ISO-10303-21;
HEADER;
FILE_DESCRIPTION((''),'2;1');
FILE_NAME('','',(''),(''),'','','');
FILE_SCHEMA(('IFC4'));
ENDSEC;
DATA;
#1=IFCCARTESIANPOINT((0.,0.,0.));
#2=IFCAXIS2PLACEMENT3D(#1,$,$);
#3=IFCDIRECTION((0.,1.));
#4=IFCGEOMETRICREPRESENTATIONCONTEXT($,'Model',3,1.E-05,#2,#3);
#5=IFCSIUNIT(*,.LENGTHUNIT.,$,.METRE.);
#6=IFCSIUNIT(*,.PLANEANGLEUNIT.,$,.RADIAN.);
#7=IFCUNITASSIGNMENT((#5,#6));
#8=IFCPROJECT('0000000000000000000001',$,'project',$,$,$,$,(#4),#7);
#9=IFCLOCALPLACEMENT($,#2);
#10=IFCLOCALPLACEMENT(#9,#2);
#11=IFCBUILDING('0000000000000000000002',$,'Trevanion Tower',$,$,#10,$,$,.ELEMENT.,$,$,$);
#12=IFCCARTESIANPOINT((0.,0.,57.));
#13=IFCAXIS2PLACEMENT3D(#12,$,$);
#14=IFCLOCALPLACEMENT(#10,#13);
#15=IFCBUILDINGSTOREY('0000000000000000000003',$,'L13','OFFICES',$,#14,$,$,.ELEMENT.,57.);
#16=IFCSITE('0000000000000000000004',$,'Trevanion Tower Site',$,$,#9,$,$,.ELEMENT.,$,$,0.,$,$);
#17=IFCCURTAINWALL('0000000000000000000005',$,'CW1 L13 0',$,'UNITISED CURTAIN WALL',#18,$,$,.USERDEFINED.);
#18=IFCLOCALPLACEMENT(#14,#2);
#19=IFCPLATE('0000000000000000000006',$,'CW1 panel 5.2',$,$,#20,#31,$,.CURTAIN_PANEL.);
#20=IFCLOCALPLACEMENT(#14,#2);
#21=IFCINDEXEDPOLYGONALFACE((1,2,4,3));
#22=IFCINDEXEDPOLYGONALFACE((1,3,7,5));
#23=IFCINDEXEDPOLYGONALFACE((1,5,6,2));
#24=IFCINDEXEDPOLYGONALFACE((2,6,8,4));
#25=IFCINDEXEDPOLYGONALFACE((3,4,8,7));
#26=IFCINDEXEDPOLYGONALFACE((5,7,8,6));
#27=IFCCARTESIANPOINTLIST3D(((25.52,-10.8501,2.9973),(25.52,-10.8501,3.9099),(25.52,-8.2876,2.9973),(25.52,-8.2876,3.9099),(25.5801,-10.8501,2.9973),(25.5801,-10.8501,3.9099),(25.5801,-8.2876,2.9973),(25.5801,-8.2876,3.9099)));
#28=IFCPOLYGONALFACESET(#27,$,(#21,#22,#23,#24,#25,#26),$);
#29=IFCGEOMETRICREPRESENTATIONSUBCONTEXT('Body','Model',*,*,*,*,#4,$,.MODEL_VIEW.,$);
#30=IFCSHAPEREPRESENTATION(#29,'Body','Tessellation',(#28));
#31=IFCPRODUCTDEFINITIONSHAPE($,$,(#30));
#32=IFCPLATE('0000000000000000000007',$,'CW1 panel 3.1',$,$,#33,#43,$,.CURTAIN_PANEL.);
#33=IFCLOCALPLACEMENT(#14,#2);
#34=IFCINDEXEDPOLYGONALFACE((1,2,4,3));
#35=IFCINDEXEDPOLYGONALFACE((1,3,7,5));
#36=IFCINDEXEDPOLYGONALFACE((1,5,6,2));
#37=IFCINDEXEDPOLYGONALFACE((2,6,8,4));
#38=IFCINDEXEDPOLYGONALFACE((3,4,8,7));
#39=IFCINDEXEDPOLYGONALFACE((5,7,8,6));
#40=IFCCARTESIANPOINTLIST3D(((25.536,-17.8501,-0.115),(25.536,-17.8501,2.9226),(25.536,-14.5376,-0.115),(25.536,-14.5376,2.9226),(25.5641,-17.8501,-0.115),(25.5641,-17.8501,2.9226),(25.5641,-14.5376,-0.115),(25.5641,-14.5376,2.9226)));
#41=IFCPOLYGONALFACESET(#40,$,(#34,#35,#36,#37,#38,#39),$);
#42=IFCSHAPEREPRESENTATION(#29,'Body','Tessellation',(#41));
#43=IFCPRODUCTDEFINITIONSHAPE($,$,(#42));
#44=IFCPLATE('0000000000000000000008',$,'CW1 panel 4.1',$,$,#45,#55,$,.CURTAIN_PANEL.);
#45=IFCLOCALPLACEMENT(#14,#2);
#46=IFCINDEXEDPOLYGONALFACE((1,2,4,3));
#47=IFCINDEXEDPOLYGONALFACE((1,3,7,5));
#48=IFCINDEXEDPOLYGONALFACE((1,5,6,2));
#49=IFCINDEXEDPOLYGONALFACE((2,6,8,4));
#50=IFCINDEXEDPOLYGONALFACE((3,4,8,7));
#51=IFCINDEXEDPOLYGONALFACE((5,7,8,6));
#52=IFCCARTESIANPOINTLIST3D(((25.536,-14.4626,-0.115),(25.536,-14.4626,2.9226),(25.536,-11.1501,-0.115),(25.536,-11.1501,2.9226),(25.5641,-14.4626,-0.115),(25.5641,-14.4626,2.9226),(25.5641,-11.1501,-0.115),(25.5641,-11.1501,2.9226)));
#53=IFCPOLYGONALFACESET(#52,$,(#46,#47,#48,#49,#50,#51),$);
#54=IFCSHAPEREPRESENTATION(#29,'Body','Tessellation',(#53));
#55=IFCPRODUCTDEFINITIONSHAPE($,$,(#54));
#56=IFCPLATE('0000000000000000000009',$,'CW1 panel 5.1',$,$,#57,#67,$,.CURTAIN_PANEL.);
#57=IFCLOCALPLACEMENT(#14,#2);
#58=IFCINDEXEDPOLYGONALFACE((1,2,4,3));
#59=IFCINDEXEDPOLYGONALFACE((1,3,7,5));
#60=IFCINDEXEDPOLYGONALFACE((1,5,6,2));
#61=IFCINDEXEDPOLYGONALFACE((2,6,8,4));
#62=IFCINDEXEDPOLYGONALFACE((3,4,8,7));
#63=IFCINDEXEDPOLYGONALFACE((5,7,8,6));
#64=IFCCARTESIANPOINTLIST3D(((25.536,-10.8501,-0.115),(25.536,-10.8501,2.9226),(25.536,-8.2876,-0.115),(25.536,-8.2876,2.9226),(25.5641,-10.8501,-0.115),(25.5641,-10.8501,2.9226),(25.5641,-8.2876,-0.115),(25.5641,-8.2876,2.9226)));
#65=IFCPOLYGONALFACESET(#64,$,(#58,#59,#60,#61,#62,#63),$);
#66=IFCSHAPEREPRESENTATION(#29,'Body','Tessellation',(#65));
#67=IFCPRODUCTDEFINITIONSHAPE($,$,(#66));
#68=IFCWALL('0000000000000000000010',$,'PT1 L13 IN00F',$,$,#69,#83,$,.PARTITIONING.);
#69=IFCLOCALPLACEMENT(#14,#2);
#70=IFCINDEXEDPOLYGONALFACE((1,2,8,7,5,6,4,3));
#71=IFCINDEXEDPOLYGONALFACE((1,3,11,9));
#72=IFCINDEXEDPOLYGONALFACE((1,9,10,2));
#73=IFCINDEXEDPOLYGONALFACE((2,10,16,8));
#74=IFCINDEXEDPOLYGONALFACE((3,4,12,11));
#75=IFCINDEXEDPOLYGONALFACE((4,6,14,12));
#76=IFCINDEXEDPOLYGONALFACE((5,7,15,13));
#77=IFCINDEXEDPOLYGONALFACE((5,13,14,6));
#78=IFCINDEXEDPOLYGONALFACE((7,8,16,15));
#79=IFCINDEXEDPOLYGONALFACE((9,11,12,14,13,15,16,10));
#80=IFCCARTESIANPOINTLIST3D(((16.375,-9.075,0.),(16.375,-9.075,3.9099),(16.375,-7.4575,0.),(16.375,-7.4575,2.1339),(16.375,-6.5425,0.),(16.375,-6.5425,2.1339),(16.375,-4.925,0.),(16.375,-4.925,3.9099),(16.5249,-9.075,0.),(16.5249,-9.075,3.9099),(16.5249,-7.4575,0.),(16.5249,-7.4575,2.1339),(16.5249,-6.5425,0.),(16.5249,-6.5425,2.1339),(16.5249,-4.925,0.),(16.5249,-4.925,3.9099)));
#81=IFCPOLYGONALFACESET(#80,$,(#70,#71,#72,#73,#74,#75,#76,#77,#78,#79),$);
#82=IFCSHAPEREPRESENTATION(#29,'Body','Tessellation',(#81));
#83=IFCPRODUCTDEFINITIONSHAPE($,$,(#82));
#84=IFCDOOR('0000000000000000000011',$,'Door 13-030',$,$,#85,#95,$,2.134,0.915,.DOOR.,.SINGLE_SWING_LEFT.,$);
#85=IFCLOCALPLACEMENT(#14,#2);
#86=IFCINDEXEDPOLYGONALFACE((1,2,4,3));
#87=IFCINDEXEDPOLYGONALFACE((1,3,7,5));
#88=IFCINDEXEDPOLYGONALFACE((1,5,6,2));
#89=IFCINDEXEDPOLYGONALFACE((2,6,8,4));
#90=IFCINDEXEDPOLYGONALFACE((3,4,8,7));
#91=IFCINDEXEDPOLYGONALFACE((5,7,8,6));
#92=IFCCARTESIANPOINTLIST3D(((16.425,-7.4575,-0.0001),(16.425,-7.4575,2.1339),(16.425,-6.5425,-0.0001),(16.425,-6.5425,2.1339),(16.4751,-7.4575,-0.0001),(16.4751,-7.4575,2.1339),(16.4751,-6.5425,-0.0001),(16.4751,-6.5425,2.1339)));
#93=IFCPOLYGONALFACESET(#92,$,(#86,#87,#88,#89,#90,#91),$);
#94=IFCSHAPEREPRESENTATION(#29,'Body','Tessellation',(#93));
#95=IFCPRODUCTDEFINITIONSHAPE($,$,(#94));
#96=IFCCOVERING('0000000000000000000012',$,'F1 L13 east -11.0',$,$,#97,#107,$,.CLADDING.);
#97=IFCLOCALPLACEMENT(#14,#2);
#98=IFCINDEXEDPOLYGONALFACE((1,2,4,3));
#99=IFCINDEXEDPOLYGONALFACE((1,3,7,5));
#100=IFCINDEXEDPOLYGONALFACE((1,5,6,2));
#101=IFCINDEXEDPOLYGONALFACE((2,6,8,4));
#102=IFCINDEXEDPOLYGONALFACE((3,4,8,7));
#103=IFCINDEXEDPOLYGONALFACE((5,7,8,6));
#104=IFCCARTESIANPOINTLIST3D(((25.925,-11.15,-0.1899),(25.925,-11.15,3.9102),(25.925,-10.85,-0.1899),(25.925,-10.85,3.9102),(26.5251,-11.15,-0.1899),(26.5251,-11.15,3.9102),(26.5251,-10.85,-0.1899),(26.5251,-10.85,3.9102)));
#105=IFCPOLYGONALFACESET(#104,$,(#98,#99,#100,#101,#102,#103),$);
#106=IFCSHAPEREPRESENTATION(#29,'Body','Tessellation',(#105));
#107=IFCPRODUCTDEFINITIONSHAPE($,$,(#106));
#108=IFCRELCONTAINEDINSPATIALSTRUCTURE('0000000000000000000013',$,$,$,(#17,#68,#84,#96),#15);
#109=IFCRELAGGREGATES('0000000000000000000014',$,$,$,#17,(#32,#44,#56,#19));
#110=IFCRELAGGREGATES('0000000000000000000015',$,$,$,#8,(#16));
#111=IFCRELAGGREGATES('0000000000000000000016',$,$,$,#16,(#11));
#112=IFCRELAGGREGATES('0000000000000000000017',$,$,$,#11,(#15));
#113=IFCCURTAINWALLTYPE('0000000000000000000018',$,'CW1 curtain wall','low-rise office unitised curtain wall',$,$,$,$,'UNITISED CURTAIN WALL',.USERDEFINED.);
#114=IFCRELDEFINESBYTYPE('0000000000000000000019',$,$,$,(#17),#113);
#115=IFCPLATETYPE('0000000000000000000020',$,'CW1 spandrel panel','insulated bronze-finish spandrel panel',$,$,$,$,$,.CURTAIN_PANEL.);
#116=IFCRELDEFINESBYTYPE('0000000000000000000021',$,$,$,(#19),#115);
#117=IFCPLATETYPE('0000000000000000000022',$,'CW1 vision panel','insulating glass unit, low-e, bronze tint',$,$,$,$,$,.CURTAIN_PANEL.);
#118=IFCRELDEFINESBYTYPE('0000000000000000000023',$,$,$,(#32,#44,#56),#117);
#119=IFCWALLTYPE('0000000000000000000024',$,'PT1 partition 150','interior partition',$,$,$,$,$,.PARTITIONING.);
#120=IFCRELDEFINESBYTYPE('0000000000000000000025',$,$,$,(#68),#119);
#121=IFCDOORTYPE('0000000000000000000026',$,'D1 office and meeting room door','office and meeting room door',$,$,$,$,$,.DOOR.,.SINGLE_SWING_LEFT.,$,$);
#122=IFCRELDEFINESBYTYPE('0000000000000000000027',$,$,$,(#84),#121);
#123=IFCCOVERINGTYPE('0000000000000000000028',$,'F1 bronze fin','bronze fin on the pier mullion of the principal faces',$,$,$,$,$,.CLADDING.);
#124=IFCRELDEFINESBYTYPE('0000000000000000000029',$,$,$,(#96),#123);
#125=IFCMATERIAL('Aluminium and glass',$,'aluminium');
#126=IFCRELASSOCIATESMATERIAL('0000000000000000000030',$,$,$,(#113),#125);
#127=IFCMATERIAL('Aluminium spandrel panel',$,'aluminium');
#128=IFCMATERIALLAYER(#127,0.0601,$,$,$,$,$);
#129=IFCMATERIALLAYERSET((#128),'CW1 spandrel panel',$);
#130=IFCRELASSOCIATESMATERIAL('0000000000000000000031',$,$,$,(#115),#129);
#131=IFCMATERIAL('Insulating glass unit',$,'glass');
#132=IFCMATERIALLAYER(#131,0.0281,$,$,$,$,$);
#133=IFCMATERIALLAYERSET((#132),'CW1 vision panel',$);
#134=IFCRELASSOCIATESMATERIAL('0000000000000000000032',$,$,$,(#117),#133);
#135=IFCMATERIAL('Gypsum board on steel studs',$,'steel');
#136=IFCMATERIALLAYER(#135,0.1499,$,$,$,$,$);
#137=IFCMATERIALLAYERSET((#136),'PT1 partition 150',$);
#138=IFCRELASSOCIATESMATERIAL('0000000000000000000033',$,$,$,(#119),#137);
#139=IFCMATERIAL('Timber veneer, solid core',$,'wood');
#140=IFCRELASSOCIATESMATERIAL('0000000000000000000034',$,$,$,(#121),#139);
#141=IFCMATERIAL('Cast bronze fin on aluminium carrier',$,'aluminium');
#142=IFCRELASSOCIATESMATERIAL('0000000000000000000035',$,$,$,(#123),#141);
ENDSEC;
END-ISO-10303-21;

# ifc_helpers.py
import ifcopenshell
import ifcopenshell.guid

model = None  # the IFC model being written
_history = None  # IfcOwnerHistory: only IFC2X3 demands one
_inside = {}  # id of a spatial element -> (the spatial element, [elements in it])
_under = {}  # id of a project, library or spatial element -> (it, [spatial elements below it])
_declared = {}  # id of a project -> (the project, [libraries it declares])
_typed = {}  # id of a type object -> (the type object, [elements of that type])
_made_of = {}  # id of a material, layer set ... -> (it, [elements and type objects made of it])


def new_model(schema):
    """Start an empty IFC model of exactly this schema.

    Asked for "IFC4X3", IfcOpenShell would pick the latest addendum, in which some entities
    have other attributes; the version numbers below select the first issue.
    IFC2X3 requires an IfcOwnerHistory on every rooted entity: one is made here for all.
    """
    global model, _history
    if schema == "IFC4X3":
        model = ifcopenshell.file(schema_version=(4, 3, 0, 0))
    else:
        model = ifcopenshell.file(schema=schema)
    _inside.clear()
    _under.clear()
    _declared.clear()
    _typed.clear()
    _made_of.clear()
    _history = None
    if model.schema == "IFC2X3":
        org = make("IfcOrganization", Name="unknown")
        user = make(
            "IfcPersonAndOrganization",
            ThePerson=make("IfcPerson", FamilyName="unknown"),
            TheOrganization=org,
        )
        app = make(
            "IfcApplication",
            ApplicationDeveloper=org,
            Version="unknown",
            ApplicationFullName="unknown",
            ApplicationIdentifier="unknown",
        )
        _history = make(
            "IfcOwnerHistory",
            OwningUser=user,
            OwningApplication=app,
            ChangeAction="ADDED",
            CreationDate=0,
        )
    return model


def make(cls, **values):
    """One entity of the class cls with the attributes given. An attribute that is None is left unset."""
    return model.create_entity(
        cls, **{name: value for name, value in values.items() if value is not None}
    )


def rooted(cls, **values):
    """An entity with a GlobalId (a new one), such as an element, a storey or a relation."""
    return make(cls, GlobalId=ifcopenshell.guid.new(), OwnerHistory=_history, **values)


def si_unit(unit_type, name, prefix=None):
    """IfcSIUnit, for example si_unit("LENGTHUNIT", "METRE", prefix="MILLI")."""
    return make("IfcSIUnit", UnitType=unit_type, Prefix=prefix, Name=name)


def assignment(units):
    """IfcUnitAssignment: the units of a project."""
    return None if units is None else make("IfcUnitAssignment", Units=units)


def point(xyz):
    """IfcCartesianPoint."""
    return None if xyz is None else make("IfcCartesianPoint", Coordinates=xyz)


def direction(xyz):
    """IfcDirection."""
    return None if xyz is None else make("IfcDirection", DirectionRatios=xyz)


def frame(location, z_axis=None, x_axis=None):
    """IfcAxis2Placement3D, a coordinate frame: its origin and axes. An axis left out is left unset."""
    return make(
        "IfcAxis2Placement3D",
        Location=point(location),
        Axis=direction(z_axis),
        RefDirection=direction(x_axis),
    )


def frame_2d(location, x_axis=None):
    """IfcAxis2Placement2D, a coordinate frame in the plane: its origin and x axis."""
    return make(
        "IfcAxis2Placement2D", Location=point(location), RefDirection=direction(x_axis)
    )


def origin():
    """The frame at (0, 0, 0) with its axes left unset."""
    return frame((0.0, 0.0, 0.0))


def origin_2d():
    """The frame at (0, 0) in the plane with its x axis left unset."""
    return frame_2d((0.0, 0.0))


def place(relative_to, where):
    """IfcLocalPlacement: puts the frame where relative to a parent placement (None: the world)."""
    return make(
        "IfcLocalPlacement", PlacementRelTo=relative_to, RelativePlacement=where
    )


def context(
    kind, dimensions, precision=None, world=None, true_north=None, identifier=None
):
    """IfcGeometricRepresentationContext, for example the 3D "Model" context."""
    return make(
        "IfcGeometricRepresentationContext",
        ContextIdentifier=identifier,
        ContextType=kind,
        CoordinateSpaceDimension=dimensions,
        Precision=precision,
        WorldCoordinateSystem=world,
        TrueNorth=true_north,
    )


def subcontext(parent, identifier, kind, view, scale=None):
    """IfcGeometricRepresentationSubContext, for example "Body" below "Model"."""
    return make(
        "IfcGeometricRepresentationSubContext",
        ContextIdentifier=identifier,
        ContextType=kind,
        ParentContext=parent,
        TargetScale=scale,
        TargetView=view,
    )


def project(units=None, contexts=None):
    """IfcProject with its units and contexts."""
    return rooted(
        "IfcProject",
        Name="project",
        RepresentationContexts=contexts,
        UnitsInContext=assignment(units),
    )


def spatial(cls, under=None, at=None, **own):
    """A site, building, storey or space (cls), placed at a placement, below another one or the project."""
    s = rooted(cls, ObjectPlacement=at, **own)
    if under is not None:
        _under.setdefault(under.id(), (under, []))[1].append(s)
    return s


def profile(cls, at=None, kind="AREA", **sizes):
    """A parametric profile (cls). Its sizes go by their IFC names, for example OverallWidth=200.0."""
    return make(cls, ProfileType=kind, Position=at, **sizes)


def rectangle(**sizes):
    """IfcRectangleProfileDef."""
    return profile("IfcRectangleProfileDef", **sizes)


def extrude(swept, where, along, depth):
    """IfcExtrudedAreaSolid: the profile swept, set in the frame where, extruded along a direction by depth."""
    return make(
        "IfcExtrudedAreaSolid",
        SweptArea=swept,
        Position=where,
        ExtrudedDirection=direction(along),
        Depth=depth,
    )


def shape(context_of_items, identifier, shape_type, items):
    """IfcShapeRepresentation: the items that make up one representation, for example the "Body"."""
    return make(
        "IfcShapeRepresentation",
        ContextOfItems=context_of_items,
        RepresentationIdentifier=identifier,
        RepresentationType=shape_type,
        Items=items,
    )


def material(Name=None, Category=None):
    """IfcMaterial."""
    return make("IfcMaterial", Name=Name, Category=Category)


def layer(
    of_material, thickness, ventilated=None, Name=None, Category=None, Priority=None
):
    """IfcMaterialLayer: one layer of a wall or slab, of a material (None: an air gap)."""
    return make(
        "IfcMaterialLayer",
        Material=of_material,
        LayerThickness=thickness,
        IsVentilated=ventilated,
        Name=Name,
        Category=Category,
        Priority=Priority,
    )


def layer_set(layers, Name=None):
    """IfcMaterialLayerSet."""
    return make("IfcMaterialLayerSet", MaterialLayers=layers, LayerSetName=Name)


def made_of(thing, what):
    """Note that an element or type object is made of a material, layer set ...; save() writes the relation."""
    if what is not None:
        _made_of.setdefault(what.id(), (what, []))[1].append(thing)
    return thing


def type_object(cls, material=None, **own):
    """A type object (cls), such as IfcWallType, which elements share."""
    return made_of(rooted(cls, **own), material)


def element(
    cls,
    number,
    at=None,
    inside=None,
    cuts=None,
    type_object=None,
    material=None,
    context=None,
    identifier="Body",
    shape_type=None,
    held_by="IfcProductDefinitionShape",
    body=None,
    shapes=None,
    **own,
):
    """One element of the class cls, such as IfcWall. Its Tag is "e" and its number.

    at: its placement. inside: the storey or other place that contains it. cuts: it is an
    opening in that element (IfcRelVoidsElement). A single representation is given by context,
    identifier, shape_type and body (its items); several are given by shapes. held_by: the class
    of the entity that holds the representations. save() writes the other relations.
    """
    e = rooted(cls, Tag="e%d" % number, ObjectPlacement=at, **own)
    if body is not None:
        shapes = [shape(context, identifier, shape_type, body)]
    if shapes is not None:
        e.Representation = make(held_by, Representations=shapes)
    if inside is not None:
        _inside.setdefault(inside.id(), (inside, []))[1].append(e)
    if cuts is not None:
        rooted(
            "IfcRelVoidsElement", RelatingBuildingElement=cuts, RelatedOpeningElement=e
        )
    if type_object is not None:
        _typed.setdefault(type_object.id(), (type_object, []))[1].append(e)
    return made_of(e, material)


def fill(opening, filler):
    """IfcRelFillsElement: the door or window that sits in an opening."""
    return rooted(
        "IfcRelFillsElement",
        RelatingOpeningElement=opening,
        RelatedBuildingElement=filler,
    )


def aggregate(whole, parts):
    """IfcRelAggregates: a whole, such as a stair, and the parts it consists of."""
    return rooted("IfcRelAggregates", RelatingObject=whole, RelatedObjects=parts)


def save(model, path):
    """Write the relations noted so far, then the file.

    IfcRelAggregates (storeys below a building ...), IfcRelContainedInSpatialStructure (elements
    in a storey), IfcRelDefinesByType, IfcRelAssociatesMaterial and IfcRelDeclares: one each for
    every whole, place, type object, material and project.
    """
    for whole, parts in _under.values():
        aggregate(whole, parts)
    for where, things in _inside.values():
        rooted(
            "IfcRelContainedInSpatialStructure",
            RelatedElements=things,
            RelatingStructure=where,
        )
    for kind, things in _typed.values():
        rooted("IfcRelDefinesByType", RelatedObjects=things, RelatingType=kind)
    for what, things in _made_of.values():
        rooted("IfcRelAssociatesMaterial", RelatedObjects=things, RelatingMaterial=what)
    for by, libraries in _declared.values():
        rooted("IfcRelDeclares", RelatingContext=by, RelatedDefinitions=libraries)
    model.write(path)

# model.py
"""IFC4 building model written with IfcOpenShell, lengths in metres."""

from ifc_helpers import new_model, si_unit, direction, frame, frame_2d, origin, origin_2d, place, context, subcontext, project, spatial, rectangle, extrude, material, layer, layer_set, type_object, element, fill, aggregate, save


model = new_model("IFC4")

# Units and contexts
model_context = context("Model", 3, precision=1e-05, world=origin(), true_north=direction((0.0, 1.0)))
body_context = subcontext(model_context, "Body", "Model", "MODEL_VIEW")
ifc_project = project(units=[si_unit("LENGTHUNIT", "METRE"), si_unit("PLANEANGLEUNIT", "RADIAN")], contexts=[model_context])

# Site, building, storey
site_placement = place(None, origin())
site = spatial("IfcSite", under=ifc_project, at=site_placement, Name="Trevanion Tower Site", CompositionType="ELEMENT", RefElevation=0.0)
building_placement = place(site_placement, origin())
building = spatial("IfcBuilding", under=site, at=building_placement, Name="Trevanion Tower", CompositionType="ELEMENT")
storey_placement = place(building_placement, frame((0.0, 0.0, 57.0)))
storey = spatial("IfcBuildingStorey", under=building, at=storey_placement, Name="L13", Description="OFFICES", CompositionType="ELEMENT", Elevation=57.0)

# Curtain wall
ifc_material_1 = material(Name="Aluminium and glass", Category="aluminium")
curtain_wall_type = type_object("IfcCurtainWallType", Name="CW1 curtain wall", Description="low-rise office unitised curtain wall", ElementType="UNITISED CURTAIN WALL", PredefinedType="USERDEFINED", material=ifc_material_1)
curtain_wall_placement = place(storey_placement, origin())
curtain_wall = element("IfcCurtainWall", 1, at=curtain_wall_placement, inside=storey, type_object=curtain_wall_type, Name="CW1 L13 0", ObjectType="UNITISED CURTAIN WALL", PredefinedType="USERDEFINED")

# Plates
ifc_material_2 = material(Name="Aluminium spandrel panel", Category="aluminium")
ifc_layer_1 = layer(ifc_material_2, 0.0601)
ifc_layer_set_1 = layer_set([ifc_layer_1], Name="CW1 spandrel panel")
plate_type_1 = type_object("IfcPlateType", Name="CW1 spandrel panel", Description="insulated bronze-finish spandrel panel", PredefinedType="CURTAIN_PANEL", material=ifc_layer_set_1)
plate_1_placement = place(storey_placement, frame((25.55, -9.5688, 2.9973), z_axis=(0.0, 0.0, 1.0), x_axis=(0.0, 1.0, 0.0)))
plate_1 = element("IfcPlate", 2, at=plate_1_placement, type_object=plate_type_1, Name="CW1 panel 5.2", PredefinedType="CURTAIN_PANEL", context=body_context, shape_type="SweptSolid", body=[
    extrude(rectangle(XDim=2.5625, YDim=0.0601, at=origin_2d()), origin(), (0.0, 0.0, 1.0), 0.9126),
])
ifc_material_3 = material(Name="Insulating glass unit", Category="glass")
ifc_layer_2 = layer(ifc_material_3, 0.0281)
ifc_layer_set_2 = layer_set([ifc_layer_2], Name="CW1 vision panel")
plate_type_2 = type_object("IfcPlateType", Name="CW1 vision panel", Description="insulating glass unit, low-e, bronze tint", PredefinedType="CURTAIN_PANEL", material=ifc_layer_set_2)
plate_2_placement = place(storey_placement, frame((25.55, -16.1938, -0.115), z_axis=(0.0, 0.0, 1.0), x_axis=(0.0, 1.0, 0.0)))
plate_2 = element("IfcPlate", 3, at=plate_2_placement, type_object=plate_type_2, Name="CW1 panel 3.1", PredefinedType="CURTAIN_PANEL", context=body_context, shape_type="SweptSolid", body=[
    extrude(rectangle(XDim=3.3125, YDim=0.0281, at=origin_2d()), origin(), (0.0, 0.0, 1.0), 3.0376),
])
plate_3_placement = place(storey_placement, frame((25.55, -12.8064, -0.115), z_axis=(0.0, 0.0, 1.0), x_axis=(0.0, 1.0, 0.0)))
plate_3 = element("IfcPlate", 4, at=plate_3_placement, type_object=plate_type_2, Name="CW1 panel 4.1", PredefinedType="CURTAIN_PANEL", context=body_context, shape_type="SweptSolid", body=[
    extrude(rectangle(XDim=3.3125, YDim=0.0281, at=origin_2d()), origin(), (0.0, 0.0, 1.0), 3.0376),
])
plate_4_placement = place(storey_placement, frame((25.55, -9.5688, -0.115), z_axis=(0.0, 0.0, 1.0), x_axis=(0.0, 1.0, 0.0)))
plate_4 = element("IfcPlate", 5, at=plate_4_placement, type_object=plate_type_2, Name="CW1 panel 5.1", PredefinedType="CURTAIN_PANEL", context=body_context, shape_type="SweptSolid", body=[
    extrude(rectangle(XDim=2.5625, YDim=0.0281, at=origin_2d()), origin(), (0.0, 0.0, 1.0), 3.0376),
])
aggregate(curtain_wall, [plate_2, plate_3, plate_4, plate_1])

# Wall, opening, door
ifc_material_4 = material(Name="Gypsum board on steel studs", Category="steel")
ifc_layer_3 = layer(ifc_material_4, 0.1499)
ifc_layer_set_3 = layer_set([ifc_layer_3], Name="PT1 partition 150")
wall_type = type_object("IfcWallType", Name="PT1 partition 150", Description="interior partition", PredefinedType="PARTITIONING", material=ifc_layer_set_3)
wall_placement = place(storey_placement, frame((16.45, -9.075, 0.0), z_axis=(0.0, 0.0, 1.0), x_axis=(0.0, 1.0, 0.0)))
wall = element("IfcWall", 6, at=wall_placement, inside=storey, type_object=wall_type, Name="PT1 L13 IN00F", PredefinedType="PARTITIONING", context=body_context, shape_type="SweptSolid", body=[
    extrude(rectangle(XDim=4.1499, YDim=0.1499, at=frame_2d((2.075, 0.0))), origin(), (0.0, 0.0, 1.0), 3.9099),
])
opening_placement = place(wall_placement, frame((1.6174, 0.0, 0.0)))
opening = element("IfcOpeningElement", 7, at=opening_placement, cuts=wall, PredefinedType="OPENING", context=body_context, shape_type="SweptSolid", body=[
    extrude(rectangle(XDim=0.915, YDim=2.134, at=frame_2d((0.4575, 1.0669))), frame((0.0, 0.085, 0.0), z_axis=(0.0, -1.0, 0.0), x_axis=(1.0, 0.0, 0.0)), (0.0, 0.0, 1.0), 0.1699),
])
ifc_material_5 = material(Name="Timber veneer, solid core", Category="wood")
door_type = type_object("IfcDoorType", Name="D1 office and meeting room door", Description="office and meeting room door", OperationType="SINGLE_SWING_LEFT", PredefinedType="DOOR", material=ifc_material_5)
door_placement = place(opening_placement, origin())
door = element("IfcDoor", 8, at=door_placement, inside=storey, type_object=door_type, Name="Door 13-030", OperationType="SINGLE_SWING_LEFT", OverallHeight=2.134, OverallWidth=0.915, PredefinedType="DOOR", context=body_context, shape_type="SweptSolid", body=[
    extrude(rectangle(XDim=0.915, YDim=2.134, at=frame_2d((0.4575, 1.0669))), frame((0.0, 0.0249, 0.0), z_axis=(0.0, -1.0, 0.0), x_axis=(1.0, 0.0, 0.0)), (0.0, 0.0, 1.0), 0.05),
])
fill(opening, door)

# Covering
ifc_material_6 = material(Name="Cast bronze fin on aluminium carrier", Category="aluminium")
covering_type = type_object("IfcCoveringType", Name="F1 bronze fin", Description="bronze fin on the pier mullion of the principal faces", PredefinedType="CLADDING", material=ifc_material_6)
covering_placement = place(storey_placement, frame((26.2251, -11.0, -0.1899), z_axis=(0.0, 0.0, 1.0), x_axis=(0.0, 1.0, 0.0)))
element("IfcCovering", 9, at=covering_placement, inside=storey, type_object=covering_type, Name="F1 L13 east -11.0", PredefinedType="CLADDING", context=body_context, shape_type="SweptSolid", body=[
    extrude(rectangle(XDim=0.3, YDim=0.6001, at=origin_2d()), origin(), (0.0, 0.0, 1.0), 4.1001),
])

save(model, "model.ifc")
